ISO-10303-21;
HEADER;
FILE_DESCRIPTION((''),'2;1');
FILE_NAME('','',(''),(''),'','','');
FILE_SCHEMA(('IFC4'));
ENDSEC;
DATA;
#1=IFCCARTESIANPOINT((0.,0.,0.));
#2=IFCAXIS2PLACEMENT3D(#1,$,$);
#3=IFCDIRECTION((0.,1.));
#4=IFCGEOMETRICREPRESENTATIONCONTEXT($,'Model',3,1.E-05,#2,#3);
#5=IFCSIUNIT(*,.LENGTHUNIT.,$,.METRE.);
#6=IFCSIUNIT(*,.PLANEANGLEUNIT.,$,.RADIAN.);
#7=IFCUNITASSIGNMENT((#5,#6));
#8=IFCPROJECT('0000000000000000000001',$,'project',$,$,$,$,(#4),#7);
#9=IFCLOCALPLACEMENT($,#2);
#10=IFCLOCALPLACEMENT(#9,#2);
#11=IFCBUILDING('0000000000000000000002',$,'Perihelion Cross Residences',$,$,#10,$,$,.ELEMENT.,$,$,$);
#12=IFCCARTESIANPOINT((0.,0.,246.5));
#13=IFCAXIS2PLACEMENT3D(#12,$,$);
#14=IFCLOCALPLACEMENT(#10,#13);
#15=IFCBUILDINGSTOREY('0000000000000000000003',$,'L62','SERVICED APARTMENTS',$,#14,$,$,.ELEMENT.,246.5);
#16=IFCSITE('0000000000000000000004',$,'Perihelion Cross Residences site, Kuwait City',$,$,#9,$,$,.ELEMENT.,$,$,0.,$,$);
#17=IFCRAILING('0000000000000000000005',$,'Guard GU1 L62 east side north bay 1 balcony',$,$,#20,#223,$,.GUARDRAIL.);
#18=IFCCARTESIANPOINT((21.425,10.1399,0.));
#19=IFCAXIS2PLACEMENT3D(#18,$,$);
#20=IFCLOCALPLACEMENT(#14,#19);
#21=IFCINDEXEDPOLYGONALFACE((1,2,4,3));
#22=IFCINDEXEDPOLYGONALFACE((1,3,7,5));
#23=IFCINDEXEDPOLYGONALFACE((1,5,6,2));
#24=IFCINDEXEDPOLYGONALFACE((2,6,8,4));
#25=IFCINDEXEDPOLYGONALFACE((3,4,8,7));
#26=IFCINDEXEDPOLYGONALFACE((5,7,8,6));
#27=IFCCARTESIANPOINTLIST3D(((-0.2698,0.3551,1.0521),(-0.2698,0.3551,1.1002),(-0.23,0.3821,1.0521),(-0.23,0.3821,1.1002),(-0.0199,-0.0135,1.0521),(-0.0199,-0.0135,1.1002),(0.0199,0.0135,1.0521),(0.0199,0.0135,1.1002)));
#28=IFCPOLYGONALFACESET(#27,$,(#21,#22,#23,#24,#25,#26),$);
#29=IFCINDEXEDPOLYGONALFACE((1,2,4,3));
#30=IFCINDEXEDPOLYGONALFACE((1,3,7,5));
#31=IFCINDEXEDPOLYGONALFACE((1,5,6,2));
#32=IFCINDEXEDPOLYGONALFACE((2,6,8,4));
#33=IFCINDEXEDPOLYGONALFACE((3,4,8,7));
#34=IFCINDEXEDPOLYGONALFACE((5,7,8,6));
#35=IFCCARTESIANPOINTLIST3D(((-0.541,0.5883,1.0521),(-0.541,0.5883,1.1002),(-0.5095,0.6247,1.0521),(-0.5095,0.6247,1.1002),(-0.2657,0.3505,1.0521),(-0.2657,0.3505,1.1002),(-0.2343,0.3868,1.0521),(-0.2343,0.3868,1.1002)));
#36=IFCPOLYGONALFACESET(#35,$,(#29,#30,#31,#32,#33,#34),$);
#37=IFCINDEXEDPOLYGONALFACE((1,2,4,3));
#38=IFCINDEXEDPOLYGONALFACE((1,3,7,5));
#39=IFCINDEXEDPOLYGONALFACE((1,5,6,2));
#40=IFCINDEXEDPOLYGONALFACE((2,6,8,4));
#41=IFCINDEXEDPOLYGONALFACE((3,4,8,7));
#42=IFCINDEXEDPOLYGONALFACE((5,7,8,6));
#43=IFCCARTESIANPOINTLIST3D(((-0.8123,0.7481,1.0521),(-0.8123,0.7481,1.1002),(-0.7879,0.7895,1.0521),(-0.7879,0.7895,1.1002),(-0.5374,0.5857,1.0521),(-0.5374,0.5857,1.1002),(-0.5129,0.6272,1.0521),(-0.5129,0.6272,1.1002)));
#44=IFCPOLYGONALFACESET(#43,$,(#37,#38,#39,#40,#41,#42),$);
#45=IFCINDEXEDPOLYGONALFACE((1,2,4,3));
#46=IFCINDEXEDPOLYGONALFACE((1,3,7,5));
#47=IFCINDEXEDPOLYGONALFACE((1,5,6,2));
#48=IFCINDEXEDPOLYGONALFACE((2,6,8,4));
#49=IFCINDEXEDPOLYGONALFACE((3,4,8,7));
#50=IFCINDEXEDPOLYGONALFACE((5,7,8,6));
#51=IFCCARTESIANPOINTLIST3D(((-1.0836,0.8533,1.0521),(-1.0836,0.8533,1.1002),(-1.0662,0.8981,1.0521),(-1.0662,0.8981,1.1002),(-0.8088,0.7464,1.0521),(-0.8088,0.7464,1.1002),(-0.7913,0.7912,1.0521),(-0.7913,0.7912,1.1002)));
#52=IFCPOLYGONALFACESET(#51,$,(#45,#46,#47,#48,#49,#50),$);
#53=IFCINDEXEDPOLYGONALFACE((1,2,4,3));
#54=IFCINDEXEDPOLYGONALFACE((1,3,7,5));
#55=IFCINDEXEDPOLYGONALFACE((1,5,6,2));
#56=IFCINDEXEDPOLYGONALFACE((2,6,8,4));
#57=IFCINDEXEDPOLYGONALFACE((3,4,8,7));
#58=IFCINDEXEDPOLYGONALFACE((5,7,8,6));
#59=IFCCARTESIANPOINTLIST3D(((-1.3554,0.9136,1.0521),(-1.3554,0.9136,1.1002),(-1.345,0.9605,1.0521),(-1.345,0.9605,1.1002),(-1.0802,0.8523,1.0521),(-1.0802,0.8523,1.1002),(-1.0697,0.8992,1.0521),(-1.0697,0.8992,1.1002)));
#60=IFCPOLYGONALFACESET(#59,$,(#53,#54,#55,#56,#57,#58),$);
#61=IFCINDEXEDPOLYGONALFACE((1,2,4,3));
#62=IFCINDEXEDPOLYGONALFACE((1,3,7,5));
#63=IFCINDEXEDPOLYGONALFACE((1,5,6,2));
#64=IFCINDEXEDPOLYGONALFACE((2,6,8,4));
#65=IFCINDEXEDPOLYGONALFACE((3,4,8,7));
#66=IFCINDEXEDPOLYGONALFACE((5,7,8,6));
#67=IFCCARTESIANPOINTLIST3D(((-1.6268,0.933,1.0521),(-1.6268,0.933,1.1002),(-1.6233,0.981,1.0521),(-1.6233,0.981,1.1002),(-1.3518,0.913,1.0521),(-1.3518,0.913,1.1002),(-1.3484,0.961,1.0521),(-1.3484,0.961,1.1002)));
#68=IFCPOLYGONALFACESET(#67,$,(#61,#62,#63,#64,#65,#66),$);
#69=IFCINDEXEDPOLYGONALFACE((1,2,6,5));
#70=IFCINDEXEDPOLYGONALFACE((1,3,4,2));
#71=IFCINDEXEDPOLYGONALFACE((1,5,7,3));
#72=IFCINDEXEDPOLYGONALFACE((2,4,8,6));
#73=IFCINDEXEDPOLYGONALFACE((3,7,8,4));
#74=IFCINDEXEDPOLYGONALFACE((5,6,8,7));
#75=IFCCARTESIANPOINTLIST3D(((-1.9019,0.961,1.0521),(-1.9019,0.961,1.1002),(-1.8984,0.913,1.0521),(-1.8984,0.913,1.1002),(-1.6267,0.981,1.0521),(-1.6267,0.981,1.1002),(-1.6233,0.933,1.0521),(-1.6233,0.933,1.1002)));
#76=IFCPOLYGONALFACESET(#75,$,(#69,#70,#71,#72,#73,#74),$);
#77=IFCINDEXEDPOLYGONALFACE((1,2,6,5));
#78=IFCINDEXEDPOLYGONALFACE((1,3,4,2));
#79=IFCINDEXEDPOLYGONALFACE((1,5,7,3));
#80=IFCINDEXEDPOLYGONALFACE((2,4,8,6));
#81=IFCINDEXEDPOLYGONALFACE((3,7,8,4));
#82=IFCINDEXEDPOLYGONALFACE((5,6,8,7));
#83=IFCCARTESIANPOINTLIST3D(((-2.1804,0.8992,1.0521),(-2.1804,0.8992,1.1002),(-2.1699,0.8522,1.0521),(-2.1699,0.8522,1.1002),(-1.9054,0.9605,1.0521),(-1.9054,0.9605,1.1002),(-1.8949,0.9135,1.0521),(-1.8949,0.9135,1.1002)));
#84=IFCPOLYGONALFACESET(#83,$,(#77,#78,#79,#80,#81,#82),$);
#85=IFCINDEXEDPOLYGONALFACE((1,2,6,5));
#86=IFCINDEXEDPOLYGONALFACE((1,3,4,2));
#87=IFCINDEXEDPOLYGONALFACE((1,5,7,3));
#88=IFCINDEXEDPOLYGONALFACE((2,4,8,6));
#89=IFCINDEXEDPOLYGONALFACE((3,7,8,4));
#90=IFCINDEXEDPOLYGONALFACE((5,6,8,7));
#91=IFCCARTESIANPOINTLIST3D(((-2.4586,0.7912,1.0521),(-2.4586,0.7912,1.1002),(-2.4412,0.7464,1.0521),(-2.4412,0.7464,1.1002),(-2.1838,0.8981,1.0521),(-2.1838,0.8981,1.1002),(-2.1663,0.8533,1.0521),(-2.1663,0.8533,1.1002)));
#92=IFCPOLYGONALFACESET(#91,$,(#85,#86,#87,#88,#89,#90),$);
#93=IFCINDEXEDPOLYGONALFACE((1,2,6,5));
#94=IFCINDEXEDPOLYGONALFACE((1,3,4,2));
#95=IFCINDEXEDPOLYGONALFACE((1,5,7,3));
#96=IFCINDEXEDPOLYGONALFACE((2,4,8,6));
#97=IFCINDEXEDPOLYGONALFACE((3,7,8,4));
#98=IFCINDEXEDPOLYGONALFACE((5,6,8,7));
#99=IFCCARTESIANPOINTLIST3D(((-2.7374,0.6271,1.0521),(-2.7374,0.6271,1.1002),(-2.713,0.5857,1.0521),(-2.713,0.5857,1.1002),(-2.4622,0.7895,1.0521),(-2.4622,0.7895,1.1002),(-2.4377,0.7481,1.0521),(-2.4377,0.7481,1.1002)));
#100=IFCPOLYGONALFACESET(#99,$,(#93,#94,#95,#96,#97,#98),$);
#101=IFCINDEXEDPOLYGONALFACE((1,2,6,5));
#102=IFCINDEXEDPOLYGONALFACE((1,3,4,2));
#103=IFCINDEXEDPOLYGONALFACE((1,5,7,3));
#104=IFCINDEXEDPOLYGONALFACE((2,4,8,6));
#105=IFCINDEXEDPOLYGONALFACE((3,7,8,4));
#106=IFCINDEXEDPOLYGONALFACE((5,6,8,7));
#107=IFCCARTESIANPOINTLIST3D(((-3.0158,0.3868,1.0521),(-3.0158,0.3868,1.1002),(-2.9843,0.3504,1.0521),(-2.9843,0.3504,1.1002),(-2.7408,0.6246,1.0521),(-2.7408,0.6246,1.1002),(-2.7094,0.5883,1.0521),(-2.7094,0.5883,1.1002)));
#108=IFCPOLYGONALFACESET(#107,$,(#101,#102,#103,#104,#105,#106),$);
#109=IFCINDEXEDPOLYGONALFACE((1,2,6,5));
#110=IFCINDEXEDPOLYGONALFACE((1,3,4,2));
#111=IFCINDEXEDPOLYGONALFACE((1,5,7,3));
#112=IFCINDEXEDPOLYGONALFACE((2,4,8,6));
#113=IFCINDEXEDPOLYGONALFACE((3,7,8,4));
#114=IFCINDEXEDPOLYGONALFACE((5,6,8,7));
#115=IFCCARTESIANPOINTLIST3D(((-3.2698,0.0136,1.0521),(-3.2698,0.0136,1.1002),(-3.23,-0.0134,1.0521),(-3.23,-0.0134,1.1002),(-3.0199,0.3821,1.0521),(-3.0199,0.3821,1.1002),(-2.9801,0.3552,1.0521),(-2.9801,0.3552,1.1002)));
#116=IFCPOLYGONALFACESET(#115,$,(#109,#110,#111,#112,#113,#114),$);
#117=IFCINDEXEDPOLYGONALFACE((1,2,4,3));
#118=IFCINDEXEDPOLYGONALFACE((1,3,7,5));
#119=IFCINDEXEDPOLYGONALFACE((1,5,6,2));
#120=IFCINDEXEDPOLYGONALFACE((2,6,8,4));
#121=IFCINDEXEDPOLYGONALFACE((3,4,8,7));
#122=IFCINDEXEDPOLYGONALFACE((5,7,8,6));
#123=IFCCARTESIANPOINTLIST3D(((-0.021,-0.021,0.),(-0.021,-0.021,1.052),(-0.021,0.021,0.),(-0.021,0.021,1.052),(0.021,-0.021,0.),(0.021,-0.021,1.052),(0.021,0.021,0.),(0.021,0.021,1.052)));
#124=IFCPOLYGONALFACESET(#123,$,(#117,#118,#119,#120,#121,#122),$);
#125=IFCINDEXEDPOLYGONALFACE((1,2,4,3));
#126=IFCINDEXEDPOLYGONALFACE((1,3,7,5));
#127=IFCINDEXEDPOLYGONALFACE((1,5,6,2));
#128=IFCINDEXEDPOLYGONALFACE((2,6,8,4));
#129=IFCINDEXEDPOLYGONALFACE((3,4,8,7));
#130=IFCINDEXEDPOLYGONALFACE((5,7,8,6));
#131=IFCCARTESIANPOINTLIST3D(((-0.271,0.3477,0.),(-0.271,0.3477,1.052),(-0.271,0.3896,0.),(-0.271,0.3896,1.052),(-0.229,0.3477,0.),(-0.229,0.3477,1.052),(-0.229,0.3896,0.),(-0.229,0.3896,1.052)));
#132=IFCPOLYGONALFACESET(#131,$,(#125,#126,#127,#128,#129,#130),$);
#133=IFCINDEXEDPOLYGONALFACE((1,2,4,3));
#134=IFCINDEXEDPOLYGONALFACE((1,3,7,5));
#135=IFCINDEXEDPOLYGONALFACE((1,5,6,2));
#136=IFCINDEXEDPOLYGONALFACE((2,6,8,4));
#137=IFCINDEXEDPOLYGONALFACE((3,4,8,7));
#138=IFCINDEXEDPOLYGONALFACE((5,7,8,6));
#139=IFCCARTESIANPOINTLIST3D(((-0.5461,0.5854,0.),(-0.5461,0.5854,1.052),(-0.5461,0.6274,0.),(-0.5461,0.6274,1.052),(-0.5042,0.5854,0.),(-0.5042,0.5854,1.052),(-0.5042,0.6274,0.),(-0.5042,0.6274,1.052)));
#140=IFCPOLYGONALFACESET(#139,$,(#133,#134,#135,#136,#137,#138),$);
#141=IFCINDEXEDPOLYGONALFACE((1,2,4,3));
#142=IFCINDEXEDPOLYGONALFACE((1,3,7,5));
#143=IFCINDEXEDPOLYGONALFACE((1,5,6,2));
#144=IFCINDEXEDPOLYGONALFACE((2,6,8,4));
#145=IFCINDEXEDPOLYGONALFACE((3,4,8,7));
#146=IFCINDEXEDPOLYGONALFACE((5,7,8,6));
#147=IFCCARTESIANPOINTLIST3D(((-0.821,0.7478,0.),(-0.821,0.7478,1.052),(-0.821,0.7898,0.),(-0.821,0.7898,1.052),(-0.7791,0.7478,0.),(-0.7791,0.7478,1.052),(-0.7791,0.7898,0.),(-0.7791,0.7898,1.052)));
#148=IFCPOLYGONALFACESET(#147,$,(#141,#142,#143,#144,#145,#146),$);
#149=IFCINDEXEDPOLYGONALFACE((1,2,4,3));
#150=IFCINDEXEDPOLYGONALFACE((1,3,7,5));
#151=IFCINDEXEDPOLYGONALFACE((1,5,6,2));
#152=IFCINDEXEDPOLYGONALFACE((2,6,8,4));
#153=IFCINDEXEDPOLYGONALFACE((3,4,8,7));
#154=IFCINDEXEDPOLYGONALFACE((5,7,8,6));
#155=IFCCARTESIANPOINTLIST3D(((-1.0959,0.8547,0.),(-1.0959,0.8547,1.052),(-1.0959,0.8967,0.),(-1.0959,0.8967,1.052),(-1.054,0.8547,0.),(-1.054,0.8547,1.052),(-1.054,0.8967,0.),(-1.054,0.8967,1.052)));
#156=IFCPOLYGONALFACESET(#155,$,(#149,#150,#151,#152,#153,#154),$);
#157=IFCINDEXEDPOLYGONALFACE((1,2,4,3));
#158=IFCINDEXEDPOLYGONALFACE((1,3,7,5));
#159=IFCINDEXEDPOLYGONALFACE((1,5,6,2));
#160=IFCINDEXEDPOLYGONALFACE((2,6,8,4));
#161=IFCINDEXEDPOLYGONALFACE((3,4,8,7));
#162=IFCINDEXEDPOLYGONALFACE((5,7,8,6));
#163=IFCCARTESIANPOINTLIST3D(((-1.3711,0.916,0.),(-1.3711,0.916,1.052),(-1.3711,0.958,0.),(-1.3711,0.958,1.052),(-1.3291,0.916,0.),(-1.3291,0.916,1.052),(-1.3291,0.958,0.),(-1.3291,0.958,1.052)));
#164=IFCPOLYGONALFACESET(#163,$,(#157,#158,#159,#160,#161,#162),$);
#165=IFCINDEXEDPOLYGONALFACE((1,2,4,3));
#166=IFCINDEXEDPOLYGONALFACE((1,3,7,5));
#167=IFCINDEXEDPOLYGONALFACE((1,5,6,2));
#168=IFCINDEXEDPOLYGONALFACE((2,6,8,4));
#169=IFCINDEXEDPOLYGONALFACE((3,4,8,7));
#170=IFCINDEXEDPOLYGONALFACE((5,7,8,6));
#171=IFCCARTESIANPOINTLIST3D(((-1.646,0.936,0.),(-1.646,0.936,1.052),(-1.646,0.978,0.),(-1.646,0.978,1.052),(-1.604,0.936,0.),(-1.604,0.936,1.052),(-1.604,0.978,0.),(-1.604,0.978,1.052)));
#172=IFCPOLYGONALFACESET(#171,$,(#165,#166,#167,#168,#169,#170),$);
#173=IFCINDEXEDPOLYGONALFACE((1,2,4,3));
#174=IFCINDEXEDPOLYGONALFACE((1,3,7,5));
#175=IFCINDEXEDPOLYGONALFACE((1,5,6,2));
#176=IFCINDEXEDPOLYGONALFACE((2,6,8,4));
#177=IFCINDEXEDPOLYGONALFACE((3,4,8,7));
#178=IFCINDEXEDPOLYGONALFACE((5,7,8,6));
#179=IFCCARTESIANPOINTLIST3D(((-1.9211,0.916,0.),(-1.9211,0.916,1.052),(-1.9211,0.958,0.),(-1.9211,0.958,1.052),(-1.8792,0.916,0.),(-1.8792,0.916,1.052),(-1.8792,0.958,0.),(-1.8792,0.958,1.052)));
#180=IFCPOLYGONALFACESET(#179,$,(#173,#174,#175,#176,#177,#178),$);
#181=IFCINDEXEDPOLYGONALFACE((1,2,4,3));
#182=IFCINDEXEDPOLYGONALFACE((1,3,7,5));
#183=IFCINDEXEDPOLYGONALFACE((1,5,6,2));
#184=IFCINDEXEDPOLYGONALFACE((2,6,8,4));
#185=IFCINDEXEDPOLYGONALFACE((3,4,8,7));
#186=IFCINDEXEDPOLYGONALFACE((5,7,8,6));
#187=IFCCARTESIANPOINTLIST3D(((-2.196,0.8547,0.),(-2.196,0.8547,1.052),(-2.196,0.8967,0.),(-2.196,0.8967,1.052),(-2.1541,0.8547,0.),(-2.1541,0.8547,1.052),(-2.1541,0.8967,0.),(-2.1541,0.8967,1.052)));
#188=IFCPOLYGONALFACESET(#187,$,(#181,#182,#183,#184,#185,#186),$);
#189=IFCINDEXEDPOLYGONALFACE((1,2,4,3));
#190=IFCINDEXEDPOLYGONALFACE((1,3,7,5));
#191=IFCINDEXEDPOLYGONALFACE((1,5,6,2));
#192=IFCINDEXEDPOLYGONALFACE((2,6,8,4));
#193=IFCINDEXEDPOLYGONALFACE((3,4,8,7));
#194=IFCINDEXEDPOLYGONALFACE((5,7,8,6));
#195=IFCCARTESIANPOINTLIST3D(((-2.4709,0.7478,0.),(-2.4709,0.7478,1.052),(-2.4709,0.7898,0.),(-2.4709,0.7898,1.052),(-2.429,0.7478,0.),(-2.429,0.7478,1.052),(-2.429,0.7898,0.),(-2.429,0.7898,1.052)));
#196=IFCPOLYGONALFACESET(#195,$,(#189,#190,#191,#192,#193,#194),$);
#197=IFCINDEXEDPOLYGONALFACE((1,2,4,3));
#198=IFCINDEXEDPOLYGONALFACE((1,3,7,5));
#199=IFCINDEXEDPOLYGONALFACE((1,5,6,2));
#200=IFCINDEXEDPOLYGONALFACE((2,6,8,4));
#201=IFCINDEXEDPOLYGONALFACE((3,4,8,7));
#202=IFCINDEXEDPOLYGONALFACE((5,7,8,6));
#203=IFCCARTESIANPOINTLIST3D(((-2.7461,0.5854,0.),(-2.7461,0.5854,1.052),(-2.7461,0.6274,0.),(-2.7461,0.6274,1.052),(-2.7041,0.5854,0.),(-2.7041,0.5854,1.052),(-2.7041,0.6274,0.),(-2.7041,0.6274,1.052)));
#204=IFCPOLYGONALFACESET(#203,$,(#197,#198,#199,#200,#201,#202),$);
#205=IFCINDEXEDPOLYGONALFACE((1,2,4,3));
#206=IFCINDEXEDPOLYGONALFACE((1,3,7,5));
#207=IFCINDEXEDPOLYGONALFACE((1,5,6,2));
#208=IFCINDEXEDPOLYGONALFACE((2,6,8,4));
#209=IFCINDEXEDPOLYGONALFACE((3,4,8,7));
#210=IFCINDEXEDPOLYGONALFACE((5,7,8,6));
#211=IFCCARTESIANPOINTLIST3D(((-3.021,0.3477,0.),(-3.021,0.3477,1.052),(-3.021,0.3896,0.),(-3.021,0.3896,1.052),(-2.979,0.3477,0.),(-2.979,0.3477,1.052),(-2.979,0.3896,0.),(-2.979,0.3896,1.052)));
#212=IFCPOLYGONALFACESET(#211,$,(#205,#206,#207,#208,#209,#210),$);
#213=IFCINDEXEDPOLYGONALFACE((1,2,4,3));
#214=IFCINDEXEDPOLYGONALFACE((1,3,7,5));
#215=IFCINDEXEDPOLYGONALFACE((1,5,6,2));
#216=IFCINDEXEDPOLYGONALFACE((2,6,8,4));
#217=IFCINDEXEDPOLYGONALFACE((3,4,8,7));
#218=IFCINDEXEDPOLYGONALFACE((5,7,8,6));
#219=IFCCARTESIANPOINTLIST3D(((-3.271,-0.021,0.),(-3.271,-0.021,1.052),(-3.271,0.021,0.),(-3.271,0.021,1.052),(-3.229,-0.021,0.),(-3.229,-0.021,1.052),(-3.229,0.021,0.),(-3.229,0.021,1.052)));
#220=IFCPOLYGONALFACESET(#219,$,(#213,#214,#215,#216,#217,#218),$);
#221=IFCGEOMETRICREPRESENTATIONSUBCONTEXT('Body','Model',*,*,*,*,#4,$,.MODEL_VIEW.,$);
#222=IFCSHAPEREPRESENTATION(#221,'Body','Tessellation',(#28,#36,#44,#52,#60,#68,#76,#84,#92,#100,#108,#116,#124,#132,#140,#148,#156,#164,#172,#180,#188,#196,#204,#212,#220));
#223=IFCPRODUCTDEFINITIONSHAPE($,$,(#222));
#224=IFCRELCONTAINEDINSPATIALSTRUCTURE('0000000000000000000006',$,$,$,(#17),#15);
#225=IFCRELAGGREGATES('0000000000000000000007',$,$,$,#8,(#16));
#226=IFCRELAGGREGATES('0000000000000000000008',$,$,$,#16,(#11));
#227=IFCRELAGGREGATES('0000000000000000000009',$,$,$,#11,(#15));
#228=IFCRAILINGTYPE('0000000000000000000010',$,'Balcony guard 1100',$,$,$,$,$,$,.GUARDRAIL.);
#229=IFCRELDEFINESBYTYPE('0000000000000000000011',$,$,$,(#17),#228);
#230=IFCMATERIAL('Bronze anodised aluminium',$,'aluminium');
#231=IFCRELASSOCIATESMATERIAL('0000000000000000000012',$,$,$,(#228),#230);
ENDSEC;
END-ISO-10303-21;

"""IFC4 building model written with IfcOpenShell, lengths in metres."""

from ifc_helpers import new_model, si_unit, direction, frame, origin, origin_2d, place, context, subcontext, project, spatial, rectangle, extrude, material, type_object, element, save


model = new_model("IFC4")

# Units and contexts
model_context = context("Model", 3, precision=1e-05, world=origin(), true_north=direction((0.0, 1.0)))
body_context = subcontext(model_context, "Body", "Model", "MODEL_VIEW")
ifc_project = project(units=[si_unit("LENGTHUNIT", "METRE"), si_unit("PLANEANGLEUNIT", "RADIAN")], contexts=[model_context])

# Site, building, storey
site_placement = place(None, origin())
site = spatial("IfcSite", under=ifc_project, at=site_placement, Name="Perihelion Cross Residences site, Kuwait City", CompositionType="ELEMENT", RefElevation=0.0)
building_placement = place(site_placement, origin())
building = spatial("IfcBuilding", under=site, at=building_placement, Name="Perihelion Cross Residences", CompositionType="ELEMENT")
storey_placement = place(building_placement, frame((0.0, 0.0, 246.5)))
storey = spatial("IfcBuildingStorey", under=building, at=storey_placement, Name="L62", Description="SERVICED APARTMENTS", CompositionType="ELEMENT", Elevation=246.5)

# Railing
ifc_material_1 = material(Name="Bronze anodised aluminium", Category="aluminium")
railing_type_1 = type_object("IfcRailingType", Name="Balcony guard 1100", PredefinedType="GUARDRAIL", material=ifc_material_1)
railing_1_placement = place(storey_placement, frame((21.425, 10.1399, 0.0)))
element("IfcRailing", 1, at=railing_1_placement, inside=storey, type_object=railing_type_1, Name="Guard GU1 L62 east side north bay 1 balcony", PredefinedType="GUARDRAIL", context=body_context, shape_type="SweptSolid", body=[
    extrude(rectangle(XDim=0.0481, YDim=0.0481, at=origin_2d()), frame((0.0, 0.0, 1.0762), z_axis=(-0.56126, 0.827639, 0.0), x_axis=(-0.827639, -0.56126, 0.0)), (0.0, 0.0, 1.0), 0.4453),
    extrude(rectangle(XDim=0.0481, YDim=0.0481, at=origin_2d()), frame((-0.25, 0.3687, 1.0762), z_axis=(-0.756597, 0.653882, 0.0), x_axis=(-0.653882, -0.756597, 0.0)), (0.0, 0.0, 1.0), 0.3638),
    extrude(rectangle(XDim=0.0481, YDim=0.0481, at=origin_2d()), frame((-0.5251, 0.6064, 1.0762), z_axis=(-0.861048, 0.508523, 0.0), x_axis=(-0.508523, -0.861048, 0.0)), (0.0, 0.0, 1.0), 0.3193),
    extrude(rectangle(XDim=0.0481, YDim=0.0481, at=origin_2d()), frame((-0.8, 0.7688, 1.0762), z_axis=(-0.931974, 0.362526, 0.0), x_axis=(-0.362526, -0.931974, 0.0)), (0.0, 0.0, 1.0), 0.2949),
    extrude(rectangle(XDim=0.0481, YDim=0.0481, at=origin_2d()), frame((-1.075, 0.8757, 1.0762), z_axis=(-0.976085, 0.217389, 0.0), x_axis=(-0.217389, -0.976085, 0.0)), (0.0, 0.0, 1.0), 0.282),
    extrude(rectangle(XDim=0.0481, YDim=0.0481, at=origin_2d()), frame((-1.3501, 0.937, 1.0762), z_axis=(-0.997359, 0.072632, 0.0), x_axis=(-0.072632, -0.997359, 0.0)), (0.0, 0.0, 1.0), 0.2756),
    extrude(rectangle(XDim=0.0481, YDim=0.0481, at=origin_2d()), frame((-1.625, 0.957, 1.0762), z_axis=(-0.997363, -0.072568, 0.0), x_axis=(0.072568, -0.997363, 0.0)), (0.0, 0.0, 1.0), 0.2759),
    extrude(rectangle(XDim=0.0481, YDim=0.0481, at=origin_2d()), frame((-1.9001, 0.937, 1.0762), z_axis=(-0.976044, -0.217573, 0.0), x_axis=(0.217573, -0.976044, 0.0)), (0.0, 0.0, 1.0), 0.2817),
    extrude(rectangle(XDim=0.0481, YDim=0.0481, at=origin_2d()), frame((-2.175, 0.8757, 1.0762), z_axis=(-0.931974, -0.362526, 0.0), x_axis=(0.362526, -0.931974, 0.0)), (0.0, 0.0, 1.0), 0.2949),
    extrude(rectangle(XDim=0.0481, YDim=0.0481, at=origin_2d()), frame((-2.45, 0.7688, 1.0762), z_axis=(-0.861246, -0.508189, 0.0), x_axis=(0.508189, -0.861246, 0.0)), (0.0, 0.0, 1.0), 0.3196),
    extrude(rectangle(XDim=0.0481, YDim=0.0481, at=origin_2d()), frame((-2.7251, 0.6064, 1.0762), z_axis=(-0.756309, -0.654214, 0.0), x_axis=(0.654214, -0.756309, 0.0)), (0.0, 0.0, 1.0), 0.3635),
    extrude(rectangle(XDim=0.0481, YDim=0.0481, at=origin_2d()), frame((-3.0, 0.3687, 1.0762), z_axis=(-0.56126, -0.827639, 0.0), x_axis=(0.827639, -0.56126, 0.0)), (0.0, 0.0, 1.0), 0.4453),
    extrude(rectangle(XDim=0.042, YDim=0.042, at=origin_2d()), origin(), (0.0, 0.0, 1.0), 1.052),
    extrude(rectangle(XDim=0.042, YDim=0.042, at=origin_2d()), frame((-0.25, 0.3687, 0.0)), (0.0, 0.0, 1.0), 1.052),
    extrude(rectangle(XDim=0.042, YDim=0.042, at=origin_2d()), frame((-0.5251, 0.6064, 0.0)), (0.0, 0.0, 1.0), 1.052),
    extrude(rectangle(XDim=0.042, YDim=0.042, at=origin_2d()), frame((-0.8, 0.7688, 0.0)), (0.0, 0.0, 1.0), 1.052),
    extrude(rectangle(XDim=0.042, YDim=0.042, at=origin_2d()), frame((-1.075, 0.8757, 0.0)), (0.0, 0.0, 1.0), 1.052),
    extrude(rectangle(XDim=0.042, YDim=0.042, at=origin_2d()), frame((-1.3501, 0.937, 0.0)), (0.0, 0.0, 1.0), 1.052),
    extrude(rectangle(XDim=0.042, YDim=0.042, at=origin_2d()), frame((-1.625, 0.957, 0.0)), (0.0, 0.0, 1.0), 1.052),
    extrude(rectangle(XDim=0.042, YDim=0.042, at=origin_2d()), frame((-1.9001, 0.937, 0.0)), (0.0, 0.0, 1.0), 1.052),
    extrude(rectangle(XDim=0.042, YDim=0.042, at=origin_2d()), frame((-2.175, 0.8757, 0.0)), (0.0, 0.0, 1.0), 1.052),
    extrude(rectangle(XDim=0.042, YDim=0.042, at=origin_2d()), frame((-2.45, 0.7688, 0.0)), (0.0, 0.0, 1.0), 1.052),
    extrude(rectangle(XDim=0.042, YDim=0.042, at=origin_2d()), frame((-2.7251, 0.6064, 0.0)), (0.0, 0.0, 1.0), 1.052),
    extrude(rectangle(XDim=0.042, YDim=0.042, at=origin_2d()), frame((-3.0, 0.3687, 0.0)), (0.0, 0.0, 1.0), 1.052),
    extrude(rectangle(XDim=0.042, YDim=0.042, at=origin_2d()), frame((-3.25, 0.0, 0.0)), (0.0, 0.0, 1.0), 1.052),
])

save(model, "model.ifc")
